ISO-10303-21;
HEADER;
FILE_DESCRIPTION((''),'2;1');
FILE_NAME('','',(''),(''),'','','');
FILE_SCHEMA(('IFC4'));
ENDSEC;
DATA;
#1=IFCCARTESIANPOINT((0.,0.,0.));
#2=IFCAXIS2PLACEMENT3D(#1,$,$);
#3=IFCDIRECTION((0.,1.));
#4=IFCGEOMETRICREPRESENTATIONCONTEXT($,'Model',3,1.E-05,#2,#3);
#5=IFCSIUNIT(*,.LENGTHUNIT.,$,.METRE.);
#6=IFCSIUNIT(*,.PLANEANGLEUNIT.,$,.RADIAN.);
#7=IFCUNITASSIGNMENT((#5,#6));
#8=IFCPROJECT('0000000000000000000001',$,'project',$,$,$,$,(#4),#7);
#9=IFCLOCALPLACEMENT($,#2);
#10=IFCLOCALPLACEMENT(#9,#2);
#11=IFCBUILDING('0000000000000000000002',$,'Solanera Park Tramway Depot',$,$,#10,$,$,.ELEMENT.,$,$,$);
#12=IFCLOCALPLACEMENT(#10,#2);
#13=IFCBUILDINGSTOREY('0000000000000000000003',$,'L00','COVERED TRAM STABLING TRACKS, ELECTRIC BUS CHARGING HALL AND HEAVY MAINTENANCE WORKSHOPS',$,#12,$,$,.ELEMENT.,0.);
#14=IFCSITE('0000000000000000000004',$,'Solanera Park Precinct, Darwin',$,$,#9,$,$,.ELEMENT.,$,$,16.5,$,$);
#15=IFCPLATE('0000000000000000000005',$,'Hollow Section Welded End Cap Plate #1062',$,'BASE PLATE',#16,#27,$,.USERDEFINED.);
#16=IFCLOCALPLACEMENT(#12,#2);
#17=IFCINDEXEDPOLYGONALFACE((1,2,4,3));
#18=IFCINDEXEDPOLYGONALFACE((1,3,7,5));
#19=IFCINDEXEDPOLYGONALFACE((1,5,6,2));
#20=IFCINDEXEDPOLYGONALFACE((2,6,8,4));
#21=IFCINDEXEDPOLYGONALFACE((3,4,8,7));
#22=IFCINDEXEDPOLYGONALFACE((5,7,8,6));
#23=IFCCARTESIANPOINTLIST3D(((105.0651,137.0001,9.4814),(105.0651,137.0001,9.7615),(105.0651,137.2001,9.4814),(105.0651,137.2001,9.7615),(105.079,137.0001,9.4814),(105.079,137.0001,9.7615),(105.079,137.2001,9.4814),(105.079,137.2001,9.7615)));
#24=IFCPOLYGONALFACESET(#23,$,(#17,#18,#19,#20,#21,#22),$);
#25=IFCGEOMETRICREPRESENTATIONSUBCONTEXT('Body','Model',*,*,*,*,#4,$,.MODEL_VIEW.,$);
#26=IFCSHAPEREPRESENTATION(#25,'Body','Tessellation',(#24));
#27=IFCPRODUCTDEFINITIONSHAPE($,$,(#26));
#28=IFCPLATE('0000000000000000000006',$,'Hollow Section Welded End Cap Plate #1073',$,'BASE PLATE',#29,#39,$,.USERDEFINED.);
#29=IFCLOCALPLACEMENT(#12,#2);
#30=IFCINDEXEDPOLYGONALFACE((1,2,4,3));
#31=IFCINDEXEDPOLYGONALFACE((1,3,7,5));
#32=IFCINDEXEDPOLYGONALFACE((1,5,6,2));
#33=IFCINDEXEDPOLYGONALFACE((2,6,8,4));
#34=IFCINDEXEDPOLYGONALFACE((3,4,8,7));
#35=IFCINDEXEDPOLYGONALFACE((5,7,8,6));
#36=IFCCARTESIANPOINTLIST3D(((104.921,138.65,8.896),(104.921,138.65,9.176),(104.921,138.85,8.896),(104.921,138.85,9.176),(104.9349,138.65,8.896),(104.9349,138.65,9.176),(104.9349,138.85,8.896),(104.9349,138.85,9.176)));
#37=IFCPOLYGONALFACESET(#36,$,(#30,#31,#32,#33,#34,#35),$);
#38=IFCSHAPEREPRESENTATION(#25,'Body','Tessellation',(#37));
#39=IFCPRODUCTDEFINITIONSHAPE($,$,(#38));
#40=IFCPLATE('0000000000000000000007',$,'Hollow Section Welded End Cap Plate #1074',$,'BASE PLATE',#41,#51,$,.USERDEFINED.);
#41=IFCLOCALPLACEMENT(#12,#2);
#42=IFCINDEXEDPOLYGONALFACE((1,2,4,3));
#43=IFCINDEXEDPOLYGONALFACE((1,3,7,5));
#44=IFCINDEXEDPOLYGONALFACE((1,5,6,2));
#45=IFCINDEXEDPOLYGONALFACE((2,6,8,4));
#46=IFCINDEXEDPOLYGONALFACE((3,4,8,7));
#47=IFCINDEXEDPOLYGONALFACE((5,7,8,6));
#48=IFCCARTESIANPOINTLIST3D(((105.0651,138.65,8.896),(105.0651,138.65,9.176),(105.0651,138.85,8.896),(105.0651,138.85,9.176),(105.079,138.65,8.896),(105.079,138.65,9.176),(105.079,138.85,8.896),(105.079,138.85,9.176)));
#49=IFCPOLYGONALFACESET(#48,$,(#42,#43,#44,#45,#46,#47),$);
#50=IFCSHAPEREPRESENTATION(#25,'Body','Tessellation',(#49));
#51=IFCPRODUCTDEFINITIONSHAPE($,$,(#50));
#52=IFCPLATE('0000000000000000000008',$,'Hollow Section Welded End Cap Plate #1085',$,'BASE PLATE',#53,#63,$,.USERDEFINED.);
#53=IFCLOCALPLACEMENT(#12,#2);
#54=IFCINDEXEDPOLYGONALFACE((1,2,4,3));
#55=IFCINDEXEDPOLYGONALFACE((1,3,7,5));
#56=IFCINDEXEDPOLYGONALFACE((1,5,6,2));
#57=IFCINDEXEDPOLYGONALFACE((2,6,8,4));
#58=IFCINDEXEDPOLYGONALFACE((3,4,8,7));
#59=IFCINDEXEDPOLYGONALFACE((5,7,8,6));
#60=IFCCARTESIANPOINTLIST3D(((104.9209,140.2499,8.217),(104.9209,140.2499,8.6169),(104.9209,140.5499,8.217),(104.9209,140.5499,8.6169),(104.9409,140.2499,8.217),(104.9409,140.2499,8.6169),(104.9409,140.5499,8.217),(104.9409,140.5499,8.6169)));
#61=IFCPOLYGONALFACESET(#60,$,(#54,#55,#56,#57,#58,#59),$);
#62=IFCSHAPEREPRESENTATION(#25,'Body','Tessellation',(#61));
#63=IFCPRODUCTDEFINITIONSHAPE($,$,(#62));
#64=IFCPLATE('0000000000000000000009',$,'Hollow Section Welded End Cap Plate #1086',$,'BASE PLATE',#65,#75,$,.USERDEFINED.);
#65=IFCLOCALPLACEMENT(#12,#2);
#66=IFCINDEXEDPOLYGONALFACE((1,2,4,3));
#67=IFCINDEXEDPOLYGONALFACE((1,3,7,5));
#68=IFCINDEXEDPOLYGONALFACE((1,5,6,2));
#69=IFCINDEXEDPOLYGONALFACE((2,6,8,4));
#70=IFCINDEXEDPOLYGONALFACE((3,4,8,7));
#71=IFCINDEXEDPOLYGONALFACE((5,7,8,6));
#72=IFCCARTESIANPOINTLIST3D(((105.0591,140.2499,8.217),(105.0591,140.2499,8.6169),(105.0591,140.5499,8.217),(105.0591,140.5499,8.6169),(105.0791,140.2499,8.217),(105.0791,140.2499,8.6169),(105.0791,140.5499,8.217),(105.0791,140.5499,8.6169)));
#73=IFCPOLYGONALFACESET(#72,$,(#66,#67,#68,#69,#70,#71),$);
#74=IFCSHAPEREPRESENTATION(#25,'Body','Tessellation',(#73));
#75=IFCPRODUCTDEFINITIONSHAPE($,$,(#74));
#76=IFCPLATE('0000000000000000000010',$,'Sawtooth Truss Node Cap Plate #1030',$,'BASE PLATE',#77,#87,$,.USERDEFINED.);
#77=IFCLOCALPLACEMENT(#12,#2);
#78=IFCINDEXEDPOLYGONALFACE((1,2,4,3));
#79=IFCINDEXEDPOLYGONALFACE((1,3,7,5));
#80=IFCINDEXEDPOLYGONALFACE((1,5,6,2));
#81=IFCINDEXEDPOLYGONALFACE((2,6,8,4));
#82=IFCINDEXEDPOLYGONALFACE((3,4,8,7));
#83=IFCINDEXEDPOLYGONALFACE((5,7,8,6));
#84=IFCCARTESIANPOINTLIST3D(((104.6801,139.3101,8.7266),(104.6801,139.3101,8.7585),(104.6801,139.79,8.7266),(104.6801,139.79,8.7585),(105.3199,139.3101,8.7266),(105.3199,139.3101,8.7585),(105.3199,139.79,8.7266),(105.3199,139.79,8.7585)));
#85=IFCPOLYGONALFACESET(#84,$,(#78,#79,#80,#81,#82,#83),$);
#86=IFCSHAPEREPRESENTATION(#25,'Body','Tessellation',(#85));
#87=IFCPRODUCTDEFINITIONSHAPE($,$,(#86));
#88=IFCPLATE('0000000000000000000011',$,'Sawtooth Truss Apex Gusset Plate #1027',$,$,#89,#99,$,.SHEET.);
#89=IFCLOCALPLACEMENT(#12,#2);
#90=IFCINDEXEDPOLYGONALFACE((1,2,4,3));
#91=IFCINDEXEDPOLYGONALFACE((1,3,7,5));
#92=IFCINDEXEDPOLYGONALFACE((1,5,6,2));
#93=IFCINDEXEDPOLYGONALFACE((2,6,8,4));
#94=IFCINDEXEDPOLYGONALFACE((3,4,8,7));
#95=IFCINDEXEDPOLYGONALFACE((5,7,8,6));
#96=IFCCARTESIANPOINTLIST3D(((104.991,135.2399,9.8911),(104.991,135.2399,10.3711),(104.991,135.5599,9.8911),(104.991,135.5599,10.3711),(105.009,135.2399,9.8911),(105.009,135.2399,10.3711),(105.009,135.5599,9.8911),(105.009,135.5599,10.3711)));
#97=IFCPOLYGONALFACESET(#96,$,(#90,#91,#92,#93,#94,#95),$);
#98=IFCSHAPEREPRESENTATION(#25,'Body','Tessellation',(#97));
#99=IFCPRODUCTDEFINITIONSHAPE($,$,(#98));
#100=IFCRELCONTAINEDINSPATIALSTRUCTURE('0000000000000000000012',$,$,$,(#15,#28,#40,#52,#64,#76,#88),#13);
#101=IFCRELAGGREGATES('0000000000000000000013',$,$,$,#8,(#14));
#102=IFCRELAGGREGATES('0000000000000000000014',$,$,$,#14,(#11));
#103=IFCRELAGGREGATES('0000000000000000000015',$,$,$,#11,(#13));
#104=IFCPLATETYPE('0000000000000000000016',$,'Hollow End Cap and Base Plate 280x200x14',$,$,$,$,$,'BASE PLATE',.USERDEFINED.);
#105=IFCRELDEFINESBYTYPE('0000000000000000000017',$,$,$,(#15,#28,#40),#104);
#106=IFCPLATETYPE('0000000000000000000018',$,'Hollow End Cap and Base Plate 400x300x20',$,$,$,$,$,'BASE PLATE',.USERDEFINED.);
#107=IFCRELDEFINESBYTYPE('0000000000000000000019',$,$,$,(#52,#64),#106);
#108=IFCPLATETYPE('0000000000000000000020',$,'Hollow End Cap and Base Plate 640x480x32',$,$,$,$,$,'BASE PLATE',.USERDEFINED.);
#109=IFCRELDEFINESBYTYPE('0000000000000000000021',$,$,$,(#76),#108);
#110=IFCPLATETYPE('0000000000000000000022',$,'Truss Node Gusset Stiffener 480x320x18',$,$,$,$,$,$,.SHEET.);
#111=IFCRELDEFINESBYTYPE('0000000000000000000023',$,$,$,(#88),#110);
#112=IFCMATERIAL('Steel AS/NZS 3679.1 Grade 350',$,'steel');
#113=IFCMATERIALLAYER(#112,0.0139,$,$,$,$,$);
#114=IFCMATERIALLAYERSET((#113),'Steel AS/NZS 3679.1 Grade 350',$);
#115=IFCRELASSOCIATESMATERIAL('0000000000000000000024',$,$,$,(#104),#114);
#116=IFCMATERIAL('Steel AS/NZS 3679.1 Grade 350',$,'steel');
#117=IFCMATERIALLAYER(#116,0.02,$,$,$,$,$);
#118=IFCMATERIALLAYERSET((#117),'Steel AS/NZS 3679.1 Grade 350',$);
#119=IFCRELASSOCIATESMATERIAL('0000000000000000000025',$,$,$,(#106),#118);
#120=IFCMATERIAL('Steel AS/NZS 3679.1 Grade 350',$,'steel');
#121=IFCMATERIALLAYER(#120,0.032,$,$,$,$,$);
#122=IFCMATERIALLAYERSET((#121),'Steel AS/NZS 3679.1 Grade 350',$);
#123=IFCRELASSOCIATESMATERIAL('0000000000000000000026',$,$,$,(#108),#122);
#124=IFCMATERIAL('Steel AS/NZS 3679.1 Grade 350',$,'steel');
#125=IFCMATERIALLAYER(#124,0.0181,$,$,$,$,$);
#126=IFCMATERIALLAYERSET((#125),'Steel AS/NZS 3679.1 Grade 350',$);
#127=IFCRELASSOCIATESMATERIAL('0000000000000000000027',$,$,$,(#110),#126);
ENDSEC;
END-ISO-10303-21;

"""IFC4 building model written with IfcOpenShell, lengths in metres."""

from ifc_helpers import new_model, si_unit, direction, frame, origin, origin_2d, place, context, subcontext, project, spatial, rectangle, extrude, material, layer, layer_set, type_object, element, save


model = new_model("IFC4")

# Units and contexts
model_context = context("Model", 3, precision=1e-05, world=origin(), true_north=direction((0.0, 1.0)))
body_context = subcontext(model_context, "Body", "Model", "MODEL_VIEW")
ifc_project = project(units=[si_unit("LENGTHUNIT", "METRE"), si_unit("PLANEANGLEUNIT", "RADIAN")], contexts=[model_context])

# Site, building, storey
site_placement = place(None, origin())
site = spatial("IfcSite", under=ifc_project, at=site_placement, Name="Solanera Park Precinct, Darwin", CompositionType="ELEMENT", RefElevation=16.5)
building_placement = place(site_placement, origin())
building = spatial("IfcBuilding", under=site, at=building_placement, Name="Solanera Park Tramway Depot", CompositionType="ELEMENT")
storey_placement = place(building_placement, origin())
storey = spatial("IfcBuildingStorey", under=building, at=storey_placement, Name="L00", Description="COVERED TRAM STABLING TRACKS, ELECTRIC BUS CHARGING HALL AND HEAVY MAINTENANCE WORKSHOPS", CompositionType="ELEMENT", Elevation=0.0)

# Plates
ifc_material_1 = material(Name="Steel AS/NZS 3679.1 Grade 350", Category="steel")
ifc_layer_1 = layer(ifc_material_1, 0.0139)
ifc_layer_set_1 = layer_set([ifc_layer_1], Name="Steel AS/NZS 3679.1 Grade 350")
plate_type_1 = type_object("IfcPlateType", Name="Hollow End Cap and Base Plate 280x200x14", ElementType="BASE PLATE", PredefinedType="USERDEFINED", material=ifc_layer_set_1)
for number, where, z_axis, x_axis, name in (
    (1, (105.072, 137.1001, 9.4814), (0.0, 0.0, 1.0), (1.0, 0.0, 0.0), "Hollow Section Welded End Cap Plate #1062"),
    (2, (104.928, 138.75, 8.896), (0.0, 0.0, 1.0), (1.0, 0.0, 0.0), "Hollow Section Welded End Cap Plate #1073"),
    (3, (105.072, 138.75, 8.896), (0.0, 0.0, 1.0), (1.0, 0.0, 0.0), "Hollow Section Welded End Cap Plate #1074"),
):
    element("IfcPlate", number, at=place(storey_placement, frame(where, z_axis=z_axis, x_axis=x_axis)), inside=storey, type_object=plate_type_1, Name=name, ObjectType="BASE PLATE", PredefinedType="USERDEFINED", context=body_context, shape_type="SweptSolid", body=[
        extrude(rectangle(XDim=0.0139, YDim=0.2, at=origin_2d()), origin(), (0.0, 0.0, 1.0), 0.28),
    ])
ifc_material_2 = material(Name="Steel AS/NZS 3679.1 Grade 350", Category="steel")
ifc_layer_2 = layer(ifc_material_2, 0.02)
ifc_layer_set_2 = layer_set([ifc_layer_2], Name="Steel AS/NZS 3679.1 Grade 350")
plate_type_2 = type_object("IfcPlateType", Name="Hollow End Cap and Base Plate 400x300x20", ElementType="BASE PLATE", PredefinedType="USERDEFINED", material=ifc_layer_set_2)
for number, where, z_axis, x_axis, name in (
    (4, (104.9309, 140.3999, 8.217), (0.0, 0.0, 1.0), (1.0, 0.0, 0.0), "Hollow Section Welded End Cap Plate #1085"),
    (5, (105.0691, 140.3999, 8.217), (0.0, 0.0, 1.0), (1.0, 0.0, 0.0), "Hollow Section Welded End Cap Plate #1086"),
):
    element("IfcPlate", number, at=place(storey_placement, frame(where, z_axis=z_axis, x_axis=x_axis)), inside=storey, type_object=plate_type_2, Name=name, ObjectType="BASE PLATE", PredefinedType="USERDEFINED", context=body_context, shape_type="SweptSolid", body=[
        extrude(rectangle(XDim=0.02, YDim=0.3, at=origin_2d()), origin(), (0.0, 0.0, 1.0), 0.3999),
    ])
ifc_material_3 = material(Name="Steel AS/NZS 3679.1 Grade 350", Category="steel")
ifc_layer_3 = layer(ifc_material_3, 0.032)
ifc_layer_set_3 = layer_set([ifc_layer_3], Name="Steel AS/NZS 3679.1 Grade 350")
plate_type_3 = type_object("IfcPlateType", Name="Hollow End Cap and Base Plate 640x480x32", ElementType="BASE PLATE", PredefinedType="USERDEFINED", material=ifc_layer_set_3)
plate_1_placement = place(storey_placement, frame((105.0, 139.55, 8.7266), z_axis=(0.0, 0.0, 1.0), x_axis=(1.0, 0.0, 0.0)))
element("IfcPlate", 6, at=plate_1_placement, inside=storey, type_object=plate_type_3, Name="Sawtooth Truss Node Cap Plate #1030", ObjectType="BASE PLATE", PredefinedType="USERDEFINED", context=body_context, shape_type="SweptSolid", body=[
    extrude(rectangle(XDim=0.6399, YDim=0.48, at=origin_2d()), origin(), (0.0, 0.0, 1.0), 0.032),
])
ifc_material_4 = material(Name="Steel AS/NZS 3679.1 Grade 350", Category="steel")
ifc_layer_4 = layer(ifc_material_4, 0.0181)
ifc_layer_set_4 = layer_set([ifc_layer_4], Name="Steel AS/NZS 3679.1 Grade 350")
plate_type_4 = type_object("IfcPlateType", Name="Truss Node Gusset Stiffener 480x320x18", PredefinedType="SHEET", material=ifc_layer_set_4)
plate_2_placement = place(storey_placement, frame((105.0, 135.3999, 9.8911), z_axis=(0.0, 0.0, 1.0), x_axis=(1.0, 0.0, 0.0)))
element("IfcPlate", 7, at=plate_2_placement, inside=storey, type_object=plate_type_4, Name="Sawtooth Truss Apex Gusset Plate #1027", PredefinedType="SHEET", context=body_context, shape_type="SweptSolid", body=[
    extrude(rectangle(XDim=0.0181, YDim=0.3201, at=origin_2d()), origin(), (0.0, 0.0, 1.0), 0.48),
])

save(model, "model.ifc")
